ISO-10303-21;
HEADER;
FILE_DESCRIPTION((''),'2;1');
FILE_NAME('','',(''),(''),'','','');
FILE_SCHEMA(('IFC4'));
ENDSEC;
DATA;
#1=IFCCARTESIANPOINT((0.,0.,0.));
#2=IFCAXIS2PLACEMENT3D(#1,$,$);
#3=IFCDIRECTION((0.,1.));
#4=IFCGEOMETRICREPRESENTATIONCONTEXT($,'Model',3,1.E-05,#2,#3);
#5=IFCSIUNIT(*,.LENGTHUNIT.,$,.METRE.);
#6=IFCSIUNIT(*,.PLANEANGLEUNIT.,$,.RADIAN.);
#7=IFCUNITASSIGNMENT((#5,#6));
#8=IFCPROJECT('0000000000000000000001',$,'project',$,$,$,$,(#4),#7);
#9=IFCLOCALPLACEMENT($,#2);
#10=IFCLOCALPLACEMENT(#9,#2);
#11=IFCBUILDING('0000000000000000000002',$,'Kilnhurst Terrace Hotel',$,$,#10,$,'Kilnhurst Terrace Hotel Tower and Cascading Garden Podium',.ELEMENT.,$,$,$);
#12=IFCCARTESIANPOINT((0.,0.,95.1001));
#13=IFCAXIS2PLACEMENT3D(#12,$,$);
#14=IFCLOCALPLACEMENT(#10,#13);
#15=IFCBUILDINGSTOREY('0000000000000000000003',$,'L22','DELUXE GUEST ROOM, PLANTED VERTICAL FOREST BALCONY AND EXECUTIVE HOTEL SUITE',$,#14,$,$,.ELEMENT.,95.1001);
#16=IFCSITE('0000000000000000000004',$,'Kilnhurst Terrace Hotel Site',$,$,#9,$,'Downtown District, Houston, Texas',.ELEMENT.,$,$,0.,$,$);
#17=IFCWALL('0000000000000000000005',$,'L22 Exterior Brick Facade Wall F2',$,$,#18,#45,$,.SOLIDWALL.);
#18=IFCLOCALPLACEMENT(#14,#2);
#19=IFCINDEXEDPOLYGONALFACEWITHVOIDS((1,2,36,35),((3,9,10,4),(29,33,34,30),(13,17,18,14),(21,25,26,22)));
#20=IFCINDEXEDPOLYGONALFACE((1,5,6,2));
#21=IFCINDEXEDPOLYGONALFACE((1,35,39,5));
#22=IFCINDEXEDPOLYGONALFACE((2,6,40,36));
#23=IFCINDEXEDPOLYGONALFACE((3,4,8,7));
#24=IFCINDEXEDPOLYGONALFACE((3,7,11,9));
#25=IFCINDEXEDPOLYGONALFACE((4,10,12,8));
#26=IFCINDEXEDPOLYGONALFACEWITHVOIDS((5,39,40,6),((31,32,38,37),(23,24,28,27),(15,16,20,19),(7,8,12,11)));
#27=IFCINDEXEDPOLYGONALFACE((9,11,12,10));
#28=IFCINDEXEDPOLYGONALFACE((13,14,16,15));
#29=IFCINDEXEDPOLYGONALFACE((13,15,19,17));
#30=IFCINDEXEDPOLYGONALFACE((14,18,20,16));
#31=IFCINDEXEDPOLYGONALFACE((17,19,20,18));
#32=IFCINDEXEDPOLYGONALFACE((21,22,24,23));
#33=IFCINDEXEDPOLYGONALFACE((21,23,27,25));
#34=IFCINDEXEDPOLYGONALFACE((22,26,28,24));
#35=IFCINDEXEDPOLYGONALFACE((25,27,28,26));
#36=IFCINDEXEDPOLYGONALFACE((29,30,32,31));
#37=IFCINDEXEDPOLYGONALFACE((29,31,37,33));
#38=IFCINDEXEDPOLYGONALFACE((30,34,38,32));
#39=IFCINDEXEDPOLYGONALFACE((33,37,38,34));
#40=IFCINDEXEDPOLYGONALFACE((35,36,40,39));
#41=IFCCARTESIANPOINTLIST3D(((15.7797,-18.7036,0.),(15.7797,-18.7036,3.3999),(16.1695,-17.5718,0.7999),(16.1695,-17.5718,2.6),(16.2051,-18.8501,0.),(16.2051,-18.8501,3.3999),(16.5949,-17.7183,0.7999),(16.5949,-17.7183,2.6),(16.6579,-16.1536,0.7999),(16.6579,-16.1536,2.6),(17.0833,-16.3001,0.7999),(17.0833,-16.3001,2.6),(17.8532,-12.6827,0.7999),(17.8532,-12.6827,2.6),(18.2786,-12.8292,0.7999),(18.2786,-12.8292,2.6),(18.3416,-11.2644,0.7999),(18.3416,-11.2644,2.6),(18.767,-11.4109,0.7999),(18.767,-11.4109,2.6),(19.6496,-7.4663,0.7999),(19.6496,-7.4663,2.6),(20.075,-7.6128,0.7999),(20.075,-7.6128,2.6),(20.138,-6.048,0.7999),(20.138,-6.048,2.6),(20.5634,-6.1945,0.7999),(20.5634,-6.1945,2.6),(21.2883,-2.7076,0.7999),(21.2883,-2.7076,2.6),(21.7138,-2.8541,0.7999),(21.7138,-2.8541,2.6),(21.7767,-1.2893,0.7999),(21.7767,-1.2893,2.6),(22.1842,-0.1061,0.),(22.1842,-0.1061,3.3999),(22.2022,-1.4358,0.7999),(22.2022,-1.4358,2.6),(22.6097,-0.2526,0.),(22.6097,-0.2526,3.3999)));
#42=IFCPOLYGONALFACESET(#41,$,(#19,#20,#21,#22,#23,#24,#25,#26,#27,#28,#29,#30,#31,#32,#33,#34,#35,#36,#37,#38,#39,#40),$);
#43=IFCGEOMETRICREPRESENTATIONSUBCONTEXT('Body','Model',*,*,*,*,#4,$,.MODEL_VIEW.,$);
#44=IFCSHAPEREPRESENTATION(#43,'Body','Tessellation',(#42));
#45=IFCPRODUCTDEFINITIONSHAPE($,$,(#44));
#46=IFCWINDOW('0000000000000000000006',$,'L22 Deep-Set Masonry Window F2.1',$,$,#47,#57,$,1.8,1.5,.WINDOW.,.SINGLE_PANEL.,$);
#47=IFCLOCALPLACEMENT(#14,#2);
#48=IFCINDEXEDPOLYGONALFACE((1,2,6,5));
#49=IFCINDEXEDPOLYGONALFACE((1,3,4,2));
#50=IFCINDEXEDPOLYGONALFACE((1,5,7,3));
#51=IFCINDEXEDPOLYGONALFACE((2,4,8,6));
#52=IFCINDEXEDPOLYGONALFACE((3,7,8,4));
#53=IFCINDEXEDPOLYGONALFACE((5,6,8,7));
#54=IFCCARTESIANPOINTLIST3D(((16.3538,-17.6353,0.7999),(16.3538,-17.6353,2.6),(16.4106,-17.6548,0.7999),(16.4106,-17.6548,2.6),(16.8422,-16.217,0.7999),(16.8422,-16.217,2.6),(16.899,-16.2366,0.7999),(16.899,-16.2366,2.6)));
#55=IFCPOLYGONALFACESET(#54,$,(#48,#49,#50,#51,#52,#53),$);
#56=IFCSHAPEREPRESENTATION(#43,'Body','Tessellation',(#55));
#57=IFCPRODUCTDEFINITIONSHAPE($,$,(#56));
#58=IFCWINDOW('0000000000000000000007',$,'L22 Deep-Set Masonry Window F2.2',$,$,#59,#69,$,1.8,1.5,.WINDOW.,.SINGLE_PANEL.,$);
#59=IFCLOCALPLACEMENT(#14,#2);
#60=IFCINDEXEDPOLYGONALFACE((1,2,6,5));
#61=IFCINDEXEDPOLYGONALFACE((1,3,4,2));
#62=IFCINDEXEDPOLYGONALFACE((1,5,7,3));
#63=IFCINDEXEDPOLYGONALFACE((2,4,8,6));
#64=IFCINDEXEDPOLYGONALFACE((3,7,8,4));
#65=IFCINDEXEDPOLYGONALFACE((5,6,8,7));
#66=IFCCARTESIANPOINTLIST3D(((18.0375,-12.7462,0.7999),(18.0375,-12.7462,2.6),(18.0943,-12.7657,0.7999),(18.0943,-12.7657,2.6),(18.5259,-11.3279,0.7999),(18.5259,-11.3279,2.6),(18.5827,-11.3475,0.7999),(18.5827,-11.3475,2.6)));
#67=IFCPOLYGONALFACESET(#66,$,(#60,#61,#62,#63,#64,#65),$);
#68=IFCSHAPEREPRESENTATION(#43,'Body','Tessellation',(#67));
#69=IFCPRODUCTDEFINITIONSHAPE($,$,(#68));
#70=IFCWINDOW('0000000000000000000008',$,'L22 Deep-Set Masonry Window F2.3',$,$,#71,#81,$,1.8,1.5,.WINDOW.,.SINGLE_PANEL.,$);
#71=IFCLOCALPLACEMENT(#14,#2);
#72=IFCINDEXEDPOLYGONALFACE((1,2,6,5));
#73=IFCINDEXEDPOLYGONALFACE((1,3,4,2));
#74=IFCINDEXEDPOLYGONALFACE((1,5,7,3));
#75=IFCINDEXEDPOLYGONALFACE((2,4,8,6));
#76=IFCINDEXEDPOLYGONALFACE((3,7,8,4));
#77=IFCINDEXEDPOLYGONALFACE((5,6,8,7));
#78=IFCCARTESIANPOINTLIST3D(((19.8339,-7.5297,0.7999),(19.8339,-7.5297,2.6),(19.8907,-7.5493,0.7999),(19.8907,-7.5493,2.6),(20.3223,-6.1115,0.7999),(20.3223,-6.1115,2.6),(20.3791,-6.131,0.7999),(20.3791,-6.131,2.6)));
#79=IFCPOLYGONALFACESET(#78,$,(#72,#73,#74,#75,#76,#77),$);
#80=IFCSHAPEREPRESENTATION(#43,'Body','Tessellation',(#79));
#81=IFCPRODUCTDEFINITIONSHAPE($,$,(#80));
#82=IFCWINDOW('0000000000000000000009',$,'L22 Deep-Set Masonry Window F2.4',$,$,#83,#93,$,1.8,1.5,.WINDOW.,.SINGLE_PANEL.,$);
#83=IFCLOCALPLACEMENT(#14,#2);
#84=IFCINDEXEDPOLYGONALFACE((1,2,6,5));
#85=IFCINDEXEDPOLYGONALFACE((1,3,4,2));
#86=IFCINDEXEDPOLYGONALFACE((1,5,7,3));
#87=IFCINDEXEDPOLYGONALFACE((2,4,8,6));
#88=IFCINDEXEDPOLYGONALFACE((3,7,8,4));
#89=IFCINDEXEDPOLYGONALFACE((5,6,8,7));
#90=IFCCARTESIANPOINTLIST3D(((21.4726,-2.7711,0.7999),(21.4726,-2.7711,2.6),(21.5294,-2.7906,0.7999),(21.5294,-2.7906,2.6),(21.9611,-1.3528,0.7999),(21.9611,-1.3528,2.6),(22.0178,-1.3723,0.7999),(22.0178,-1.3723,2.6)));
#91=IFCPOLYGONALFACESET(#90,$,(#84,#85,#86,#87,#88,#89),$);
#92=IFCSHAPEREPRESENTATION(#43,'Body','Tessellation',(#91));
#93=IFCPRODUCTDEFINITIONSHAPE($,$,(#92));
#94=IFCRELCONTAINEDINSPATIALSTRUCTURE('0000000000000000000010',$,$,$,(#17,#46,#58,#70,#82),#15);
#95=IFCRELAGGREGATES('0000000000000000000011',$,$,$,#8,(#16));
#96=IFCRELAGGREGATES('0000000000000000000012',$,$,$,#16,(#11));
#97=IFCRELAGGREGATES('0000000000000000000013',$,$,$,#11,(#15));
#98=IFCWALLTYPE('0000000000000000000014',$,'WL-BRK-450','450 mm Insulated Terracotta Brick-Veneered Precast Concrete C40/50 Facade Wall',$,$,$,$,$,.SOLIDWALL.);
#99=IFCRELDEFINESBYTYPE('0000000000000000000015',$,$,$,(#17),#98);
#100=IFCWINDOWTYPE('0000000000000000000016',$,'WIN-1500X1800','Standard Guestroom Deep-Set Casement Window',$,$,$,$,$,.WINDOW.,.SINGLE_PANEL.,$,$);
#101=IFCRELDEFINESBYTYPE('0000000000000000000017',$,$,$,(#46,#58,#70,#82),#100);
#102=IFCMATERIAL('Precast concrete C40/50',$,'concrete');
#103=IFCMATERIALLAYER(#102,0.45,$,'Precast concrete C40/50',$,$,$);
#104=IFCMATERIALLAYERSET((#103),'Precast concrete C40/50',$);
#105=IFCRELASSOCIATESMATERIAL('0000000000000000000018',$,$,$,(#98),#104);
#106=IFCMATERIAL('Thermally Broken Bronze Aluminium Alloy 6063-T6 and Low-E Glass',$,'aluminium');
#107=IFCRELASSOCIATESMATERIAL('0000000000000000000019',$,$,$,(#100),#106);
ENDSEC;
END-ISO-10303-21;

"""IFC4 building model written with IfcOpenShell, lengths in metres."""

from ifc_helpers import new_model, si_unit, direction, frame, frame_2d, origin, place, context, subcontext, project, spatial, rectangle, extrude, material, layer, layer_set, type_object, element, fill, save


model = new_model("IFC4")

# Units and contexts
model_context = context("Model", 3, precision=1e-05, world=origin(), true_north=direction((0.0, 1.0)))
body_context = subcontext(model_context, "Body", "Model", "MODEL_VIEW")
ifc_project = project(units=[si_unit("LENGTHUNIT", "METRE"), si_unit("PLANEANGLEUNIT", "RADIAN")], contexts=[model_context])

# Site, building, storey
site_placement = place(None, origin())
site = spatial("IfcSite", under=ifc_project, at=site_placement, Name="Kilnhurst Terrace Hotel Site", LongName="Downtown District, Houston, Texas", CompositionType="ELEMENT", RefElevation=0.0)
building_placement = place(site_placement, origin())
building = spatial("IfcBuilding", under=site, at=building_placement, Name="Kilnhurst Terrace Hotel", LongName="Kilnhurst Terrace Hotel Tower and Cascading Garden Podium", CompositionType="ELEMENT")
storey_placement = place(building_placement, frame((0.0, 0.0, 95.1001)))
storey = spatial("IfcBuildingStorey", under=building, at=storey_placement, Name="L22", Description="DELUXE GUEST ROOM, PLANTED VERTICAL FOREST BALCONY AND EXECUTIVE HOTEL SUITE", CompositionType="ELEMENT", Elevation=95.1001)

# Shared definitions
ifc_material_1 = material(Name="Precast concrete C40/50", Category="concrete")
ifc_layer_1 = layer(ifc_material_1, 0.45, Name="Precast concrete C40/50")
ifc_layer_set_1 = layer_set([ifc_layer_1], Name="Precast concrete C40/50")
wall_type_1 = type_object("IfcWallType", Name="WL-BRK-450", Description="450 mm Insulated Terracotta Brick-Veneered Precast Concrete C40/50 Facade Wall", PredefinedType="SOLIDWALL", material=ifc_layer_set_1)

# Wall, openings, windows
wall_1_placement = place(storey_placement, frame((15.9924, -18.7769, 0.0), z_axis=(0.0, 0.0, 1.0), x_axis=(0.325607, 0.945505, 0.0)))
wall_1 = element("IfcWall", 1, at=wall_1_placement, inside=storey, type_object=wall_type_1, Name="L22 Exterior Brick Facade Wall F2", PredefinedType="SOLIDWALL", context=body_context, shape_type="SweptSolid", body=[
    extrude(rectangle(XDim=19.6694, YDim=0.45, at=frame_2d((9.8347, 0.0))), origin(), (0.0, 0.0, 1.0), 3.3999),
])
opening_1_placement = place(wall_1_placement, frame((1.197, 0.0, 0.8)))
opening_1 = element("IfcOpeningElement", 2, at=opening_1_placement, cuts=wall_1, PredefinedType="OPENING", context=body_context, shape_type="SweptSolid", body=[
    extrude(rectangle(XDim=1.5, YDim=1.8, at=frame_2d((0.75, 0.8999))), frame((0.0, 0.2349, 0.0), z_axis=(0.0, -1.0, 0.0), x_axis=(1.0, 0.0, 0.0)), (0.0, 0.0, 1.0), 0.47),
])
opening_2_placement = place(wall_1_placement, frame((6.3679, 0.0, 0.8)))
opening_2 = element("IfcOpeningElement", 3, at=opening_2_placement, cuts=wall_1, PredefinedType="OPENING", context=body_context, shape_type="SweptSolid", body=[
    extrude(rectangle(XDim=1.5, YDim=1.8, at=frame_2d((0.75, 0.8999))), frame((0.0, 0.2349, 0.0), z_axis=(0.0, -1.0, 0.0), x_axis=(1.0, 0.0, 0.0)), (0.0, 0.0, 1.0), 0.47),
])
opening_3_placement = place(wall_1_placement, frame((11.885, 0.0, 0.8)))
opening_3 = element("IfcOpeningElement", 4, at=opening_3_placement, cuts=wall_1, PredefinedType="OPENING", context=body_context, shape_type="SweptSolid", body=[
    extrude(rectangle(XDim=1.5, YDim=1.8, at=frame_2d((0.75, 0.8999))), frame((0.0, 0.2349, 0.0), z_axis=(0.0, -1.0, 0.0), x_axis=(1.0, 0.0, 0.0)), (0.0, 0.0, 1.0), 0.47),
])
opening_4_placement = place(wall_1_placement, frame((16.918, 0.0, 0.8)))
opening_4 = element("IfcOpeningElement", 5, at=opening_4_placement, cuts=wall_1, PredefinedType="OPENING", context=body_context, shape_type="SweptSolid", body=[
    extrude(rectangle(XDim=1.5, YDim=1.8, at=frame_2d((0.75, 0.8999))), frame((0.0, 0.2349, 0.0), z_axis=(0.0, -1.0, 0.0), x_axis=(1.0, 0.0, 0.0)), (0.0, 0.0, 1.0), 0.47),
])
ifc_material_2 = material(Name="Thermally Broken Bronze Aluminium Alloy 6063-T6 and Low-E Glass", Category="aluminium")
window_type = type_object("IfcWindowType", Name="WIN-1500X1800", Description="Standard Guestroom Deep-Set Casement Window", PartitioningType="SINGLE_PANEL", PredefinedType="WINDOW", material=ifc_material_2)
window_1_placement = place(opening_1_placement, origin())
window_1 = element("IfcWindow", 6, at=window_1_placement, inside=storey, type_object=window_type, Name="L22 Deep-Set Masonry Window F2.1", OverallHeight=1.8, OverallWidth=1.5, PartitioningType="SINGLE_PANEL", PredefinedType="WINDOW", context=body_context, shape_type="SweptSolid", body=[
    extrude(rectangle(XDim=1.5, YDim=1.8, at=frame_2d((0.75, 0.8999))), frame((0.0, 0.03, 0.0), z_axis=(0.0, -1.0, 0.0), x_axis=(1.0, 0.0, 0.0)), (0.0, 0.0, 1.0), 0.0601),
])
fill(opening_1, window_1)
window_2_placement = place(opening_2_placement, origin())
window_2 = element("IfcWindow", 7, at=window_2_placement, inside=storey, type_object=window_type, Name="L22 Deep-Set Masonry Window F2.2", OverallHeight=1.8, OverallWidth=1.5, PartitioningType="SINGLE_PANEL", PredefinedType="WINDOW", context=body_context, shape_type="SweptSolid", body=[
    extrude(rectangle(XDim=1.5, YDim=1.8, at=frame_2d((0.75, 0.8999))), frame((0.0, 0.03, 0.0), z_axis=(0.0, -1.0, 0.0), x_axis=(1.0, 0.0, 0.0)), (0.0, 0.0, 1.0), 0.0601),
])
fill(opening_2, window_2)
window_3_placement = place(opening_3_placement, origin())
window_3 = element("IfcWindow", 8, at=window_3_placement, inside=storey, type_object=window_type, Name="L22 Deep-Set Masonry Window F2.3", OverallHeight=1.8, OverallWidth=1.5, PartitioningType="SINGLE_PANEL", PredefinedType="WINDOW", context=body_context, shape_type="SweptSolid", body=[
    extrude(rectangle(XDim=1.5, YDim=1.8, at=frame_2d((0.75, 0.8999))), frame((0.0, 0.03, 0.0), z_axis=(0.0, -1.0, 0.0), x_axis=(1.0, 0.0, 0.0)), (0.0, 0.0, 1.0), 0.0601),
])
fill(opening_3, window_3)
window_4_placement = place(opening_4_placement, origin())
window_4 = element("IfcWindow", 9, at=window_4_placement, inside=storey, type_object=window_type, Name="L22 Deep-Set Masonry Window F2.4", OverallHeight=1.8, OverallWidth=1.5, PartitioningType="SINGLE_PANEL", PredefinedType="WINDOW", context=body_context, shape_type="SweptSolid", body=[
    extrude(rectangle(XDim=1.5, YDim=1.8, at=frame_2d((0.75, 0.8999))), frame((0.0, 0.03, 0.0), z_axis=(0.0, -1.0, 0.0), x_axis=(1.0, 0.0, 0.0)), (0.0, 0.0, 1.0), 0.0601),
])
fill(opening_4, window_4)

save(model, "model.ifc")
